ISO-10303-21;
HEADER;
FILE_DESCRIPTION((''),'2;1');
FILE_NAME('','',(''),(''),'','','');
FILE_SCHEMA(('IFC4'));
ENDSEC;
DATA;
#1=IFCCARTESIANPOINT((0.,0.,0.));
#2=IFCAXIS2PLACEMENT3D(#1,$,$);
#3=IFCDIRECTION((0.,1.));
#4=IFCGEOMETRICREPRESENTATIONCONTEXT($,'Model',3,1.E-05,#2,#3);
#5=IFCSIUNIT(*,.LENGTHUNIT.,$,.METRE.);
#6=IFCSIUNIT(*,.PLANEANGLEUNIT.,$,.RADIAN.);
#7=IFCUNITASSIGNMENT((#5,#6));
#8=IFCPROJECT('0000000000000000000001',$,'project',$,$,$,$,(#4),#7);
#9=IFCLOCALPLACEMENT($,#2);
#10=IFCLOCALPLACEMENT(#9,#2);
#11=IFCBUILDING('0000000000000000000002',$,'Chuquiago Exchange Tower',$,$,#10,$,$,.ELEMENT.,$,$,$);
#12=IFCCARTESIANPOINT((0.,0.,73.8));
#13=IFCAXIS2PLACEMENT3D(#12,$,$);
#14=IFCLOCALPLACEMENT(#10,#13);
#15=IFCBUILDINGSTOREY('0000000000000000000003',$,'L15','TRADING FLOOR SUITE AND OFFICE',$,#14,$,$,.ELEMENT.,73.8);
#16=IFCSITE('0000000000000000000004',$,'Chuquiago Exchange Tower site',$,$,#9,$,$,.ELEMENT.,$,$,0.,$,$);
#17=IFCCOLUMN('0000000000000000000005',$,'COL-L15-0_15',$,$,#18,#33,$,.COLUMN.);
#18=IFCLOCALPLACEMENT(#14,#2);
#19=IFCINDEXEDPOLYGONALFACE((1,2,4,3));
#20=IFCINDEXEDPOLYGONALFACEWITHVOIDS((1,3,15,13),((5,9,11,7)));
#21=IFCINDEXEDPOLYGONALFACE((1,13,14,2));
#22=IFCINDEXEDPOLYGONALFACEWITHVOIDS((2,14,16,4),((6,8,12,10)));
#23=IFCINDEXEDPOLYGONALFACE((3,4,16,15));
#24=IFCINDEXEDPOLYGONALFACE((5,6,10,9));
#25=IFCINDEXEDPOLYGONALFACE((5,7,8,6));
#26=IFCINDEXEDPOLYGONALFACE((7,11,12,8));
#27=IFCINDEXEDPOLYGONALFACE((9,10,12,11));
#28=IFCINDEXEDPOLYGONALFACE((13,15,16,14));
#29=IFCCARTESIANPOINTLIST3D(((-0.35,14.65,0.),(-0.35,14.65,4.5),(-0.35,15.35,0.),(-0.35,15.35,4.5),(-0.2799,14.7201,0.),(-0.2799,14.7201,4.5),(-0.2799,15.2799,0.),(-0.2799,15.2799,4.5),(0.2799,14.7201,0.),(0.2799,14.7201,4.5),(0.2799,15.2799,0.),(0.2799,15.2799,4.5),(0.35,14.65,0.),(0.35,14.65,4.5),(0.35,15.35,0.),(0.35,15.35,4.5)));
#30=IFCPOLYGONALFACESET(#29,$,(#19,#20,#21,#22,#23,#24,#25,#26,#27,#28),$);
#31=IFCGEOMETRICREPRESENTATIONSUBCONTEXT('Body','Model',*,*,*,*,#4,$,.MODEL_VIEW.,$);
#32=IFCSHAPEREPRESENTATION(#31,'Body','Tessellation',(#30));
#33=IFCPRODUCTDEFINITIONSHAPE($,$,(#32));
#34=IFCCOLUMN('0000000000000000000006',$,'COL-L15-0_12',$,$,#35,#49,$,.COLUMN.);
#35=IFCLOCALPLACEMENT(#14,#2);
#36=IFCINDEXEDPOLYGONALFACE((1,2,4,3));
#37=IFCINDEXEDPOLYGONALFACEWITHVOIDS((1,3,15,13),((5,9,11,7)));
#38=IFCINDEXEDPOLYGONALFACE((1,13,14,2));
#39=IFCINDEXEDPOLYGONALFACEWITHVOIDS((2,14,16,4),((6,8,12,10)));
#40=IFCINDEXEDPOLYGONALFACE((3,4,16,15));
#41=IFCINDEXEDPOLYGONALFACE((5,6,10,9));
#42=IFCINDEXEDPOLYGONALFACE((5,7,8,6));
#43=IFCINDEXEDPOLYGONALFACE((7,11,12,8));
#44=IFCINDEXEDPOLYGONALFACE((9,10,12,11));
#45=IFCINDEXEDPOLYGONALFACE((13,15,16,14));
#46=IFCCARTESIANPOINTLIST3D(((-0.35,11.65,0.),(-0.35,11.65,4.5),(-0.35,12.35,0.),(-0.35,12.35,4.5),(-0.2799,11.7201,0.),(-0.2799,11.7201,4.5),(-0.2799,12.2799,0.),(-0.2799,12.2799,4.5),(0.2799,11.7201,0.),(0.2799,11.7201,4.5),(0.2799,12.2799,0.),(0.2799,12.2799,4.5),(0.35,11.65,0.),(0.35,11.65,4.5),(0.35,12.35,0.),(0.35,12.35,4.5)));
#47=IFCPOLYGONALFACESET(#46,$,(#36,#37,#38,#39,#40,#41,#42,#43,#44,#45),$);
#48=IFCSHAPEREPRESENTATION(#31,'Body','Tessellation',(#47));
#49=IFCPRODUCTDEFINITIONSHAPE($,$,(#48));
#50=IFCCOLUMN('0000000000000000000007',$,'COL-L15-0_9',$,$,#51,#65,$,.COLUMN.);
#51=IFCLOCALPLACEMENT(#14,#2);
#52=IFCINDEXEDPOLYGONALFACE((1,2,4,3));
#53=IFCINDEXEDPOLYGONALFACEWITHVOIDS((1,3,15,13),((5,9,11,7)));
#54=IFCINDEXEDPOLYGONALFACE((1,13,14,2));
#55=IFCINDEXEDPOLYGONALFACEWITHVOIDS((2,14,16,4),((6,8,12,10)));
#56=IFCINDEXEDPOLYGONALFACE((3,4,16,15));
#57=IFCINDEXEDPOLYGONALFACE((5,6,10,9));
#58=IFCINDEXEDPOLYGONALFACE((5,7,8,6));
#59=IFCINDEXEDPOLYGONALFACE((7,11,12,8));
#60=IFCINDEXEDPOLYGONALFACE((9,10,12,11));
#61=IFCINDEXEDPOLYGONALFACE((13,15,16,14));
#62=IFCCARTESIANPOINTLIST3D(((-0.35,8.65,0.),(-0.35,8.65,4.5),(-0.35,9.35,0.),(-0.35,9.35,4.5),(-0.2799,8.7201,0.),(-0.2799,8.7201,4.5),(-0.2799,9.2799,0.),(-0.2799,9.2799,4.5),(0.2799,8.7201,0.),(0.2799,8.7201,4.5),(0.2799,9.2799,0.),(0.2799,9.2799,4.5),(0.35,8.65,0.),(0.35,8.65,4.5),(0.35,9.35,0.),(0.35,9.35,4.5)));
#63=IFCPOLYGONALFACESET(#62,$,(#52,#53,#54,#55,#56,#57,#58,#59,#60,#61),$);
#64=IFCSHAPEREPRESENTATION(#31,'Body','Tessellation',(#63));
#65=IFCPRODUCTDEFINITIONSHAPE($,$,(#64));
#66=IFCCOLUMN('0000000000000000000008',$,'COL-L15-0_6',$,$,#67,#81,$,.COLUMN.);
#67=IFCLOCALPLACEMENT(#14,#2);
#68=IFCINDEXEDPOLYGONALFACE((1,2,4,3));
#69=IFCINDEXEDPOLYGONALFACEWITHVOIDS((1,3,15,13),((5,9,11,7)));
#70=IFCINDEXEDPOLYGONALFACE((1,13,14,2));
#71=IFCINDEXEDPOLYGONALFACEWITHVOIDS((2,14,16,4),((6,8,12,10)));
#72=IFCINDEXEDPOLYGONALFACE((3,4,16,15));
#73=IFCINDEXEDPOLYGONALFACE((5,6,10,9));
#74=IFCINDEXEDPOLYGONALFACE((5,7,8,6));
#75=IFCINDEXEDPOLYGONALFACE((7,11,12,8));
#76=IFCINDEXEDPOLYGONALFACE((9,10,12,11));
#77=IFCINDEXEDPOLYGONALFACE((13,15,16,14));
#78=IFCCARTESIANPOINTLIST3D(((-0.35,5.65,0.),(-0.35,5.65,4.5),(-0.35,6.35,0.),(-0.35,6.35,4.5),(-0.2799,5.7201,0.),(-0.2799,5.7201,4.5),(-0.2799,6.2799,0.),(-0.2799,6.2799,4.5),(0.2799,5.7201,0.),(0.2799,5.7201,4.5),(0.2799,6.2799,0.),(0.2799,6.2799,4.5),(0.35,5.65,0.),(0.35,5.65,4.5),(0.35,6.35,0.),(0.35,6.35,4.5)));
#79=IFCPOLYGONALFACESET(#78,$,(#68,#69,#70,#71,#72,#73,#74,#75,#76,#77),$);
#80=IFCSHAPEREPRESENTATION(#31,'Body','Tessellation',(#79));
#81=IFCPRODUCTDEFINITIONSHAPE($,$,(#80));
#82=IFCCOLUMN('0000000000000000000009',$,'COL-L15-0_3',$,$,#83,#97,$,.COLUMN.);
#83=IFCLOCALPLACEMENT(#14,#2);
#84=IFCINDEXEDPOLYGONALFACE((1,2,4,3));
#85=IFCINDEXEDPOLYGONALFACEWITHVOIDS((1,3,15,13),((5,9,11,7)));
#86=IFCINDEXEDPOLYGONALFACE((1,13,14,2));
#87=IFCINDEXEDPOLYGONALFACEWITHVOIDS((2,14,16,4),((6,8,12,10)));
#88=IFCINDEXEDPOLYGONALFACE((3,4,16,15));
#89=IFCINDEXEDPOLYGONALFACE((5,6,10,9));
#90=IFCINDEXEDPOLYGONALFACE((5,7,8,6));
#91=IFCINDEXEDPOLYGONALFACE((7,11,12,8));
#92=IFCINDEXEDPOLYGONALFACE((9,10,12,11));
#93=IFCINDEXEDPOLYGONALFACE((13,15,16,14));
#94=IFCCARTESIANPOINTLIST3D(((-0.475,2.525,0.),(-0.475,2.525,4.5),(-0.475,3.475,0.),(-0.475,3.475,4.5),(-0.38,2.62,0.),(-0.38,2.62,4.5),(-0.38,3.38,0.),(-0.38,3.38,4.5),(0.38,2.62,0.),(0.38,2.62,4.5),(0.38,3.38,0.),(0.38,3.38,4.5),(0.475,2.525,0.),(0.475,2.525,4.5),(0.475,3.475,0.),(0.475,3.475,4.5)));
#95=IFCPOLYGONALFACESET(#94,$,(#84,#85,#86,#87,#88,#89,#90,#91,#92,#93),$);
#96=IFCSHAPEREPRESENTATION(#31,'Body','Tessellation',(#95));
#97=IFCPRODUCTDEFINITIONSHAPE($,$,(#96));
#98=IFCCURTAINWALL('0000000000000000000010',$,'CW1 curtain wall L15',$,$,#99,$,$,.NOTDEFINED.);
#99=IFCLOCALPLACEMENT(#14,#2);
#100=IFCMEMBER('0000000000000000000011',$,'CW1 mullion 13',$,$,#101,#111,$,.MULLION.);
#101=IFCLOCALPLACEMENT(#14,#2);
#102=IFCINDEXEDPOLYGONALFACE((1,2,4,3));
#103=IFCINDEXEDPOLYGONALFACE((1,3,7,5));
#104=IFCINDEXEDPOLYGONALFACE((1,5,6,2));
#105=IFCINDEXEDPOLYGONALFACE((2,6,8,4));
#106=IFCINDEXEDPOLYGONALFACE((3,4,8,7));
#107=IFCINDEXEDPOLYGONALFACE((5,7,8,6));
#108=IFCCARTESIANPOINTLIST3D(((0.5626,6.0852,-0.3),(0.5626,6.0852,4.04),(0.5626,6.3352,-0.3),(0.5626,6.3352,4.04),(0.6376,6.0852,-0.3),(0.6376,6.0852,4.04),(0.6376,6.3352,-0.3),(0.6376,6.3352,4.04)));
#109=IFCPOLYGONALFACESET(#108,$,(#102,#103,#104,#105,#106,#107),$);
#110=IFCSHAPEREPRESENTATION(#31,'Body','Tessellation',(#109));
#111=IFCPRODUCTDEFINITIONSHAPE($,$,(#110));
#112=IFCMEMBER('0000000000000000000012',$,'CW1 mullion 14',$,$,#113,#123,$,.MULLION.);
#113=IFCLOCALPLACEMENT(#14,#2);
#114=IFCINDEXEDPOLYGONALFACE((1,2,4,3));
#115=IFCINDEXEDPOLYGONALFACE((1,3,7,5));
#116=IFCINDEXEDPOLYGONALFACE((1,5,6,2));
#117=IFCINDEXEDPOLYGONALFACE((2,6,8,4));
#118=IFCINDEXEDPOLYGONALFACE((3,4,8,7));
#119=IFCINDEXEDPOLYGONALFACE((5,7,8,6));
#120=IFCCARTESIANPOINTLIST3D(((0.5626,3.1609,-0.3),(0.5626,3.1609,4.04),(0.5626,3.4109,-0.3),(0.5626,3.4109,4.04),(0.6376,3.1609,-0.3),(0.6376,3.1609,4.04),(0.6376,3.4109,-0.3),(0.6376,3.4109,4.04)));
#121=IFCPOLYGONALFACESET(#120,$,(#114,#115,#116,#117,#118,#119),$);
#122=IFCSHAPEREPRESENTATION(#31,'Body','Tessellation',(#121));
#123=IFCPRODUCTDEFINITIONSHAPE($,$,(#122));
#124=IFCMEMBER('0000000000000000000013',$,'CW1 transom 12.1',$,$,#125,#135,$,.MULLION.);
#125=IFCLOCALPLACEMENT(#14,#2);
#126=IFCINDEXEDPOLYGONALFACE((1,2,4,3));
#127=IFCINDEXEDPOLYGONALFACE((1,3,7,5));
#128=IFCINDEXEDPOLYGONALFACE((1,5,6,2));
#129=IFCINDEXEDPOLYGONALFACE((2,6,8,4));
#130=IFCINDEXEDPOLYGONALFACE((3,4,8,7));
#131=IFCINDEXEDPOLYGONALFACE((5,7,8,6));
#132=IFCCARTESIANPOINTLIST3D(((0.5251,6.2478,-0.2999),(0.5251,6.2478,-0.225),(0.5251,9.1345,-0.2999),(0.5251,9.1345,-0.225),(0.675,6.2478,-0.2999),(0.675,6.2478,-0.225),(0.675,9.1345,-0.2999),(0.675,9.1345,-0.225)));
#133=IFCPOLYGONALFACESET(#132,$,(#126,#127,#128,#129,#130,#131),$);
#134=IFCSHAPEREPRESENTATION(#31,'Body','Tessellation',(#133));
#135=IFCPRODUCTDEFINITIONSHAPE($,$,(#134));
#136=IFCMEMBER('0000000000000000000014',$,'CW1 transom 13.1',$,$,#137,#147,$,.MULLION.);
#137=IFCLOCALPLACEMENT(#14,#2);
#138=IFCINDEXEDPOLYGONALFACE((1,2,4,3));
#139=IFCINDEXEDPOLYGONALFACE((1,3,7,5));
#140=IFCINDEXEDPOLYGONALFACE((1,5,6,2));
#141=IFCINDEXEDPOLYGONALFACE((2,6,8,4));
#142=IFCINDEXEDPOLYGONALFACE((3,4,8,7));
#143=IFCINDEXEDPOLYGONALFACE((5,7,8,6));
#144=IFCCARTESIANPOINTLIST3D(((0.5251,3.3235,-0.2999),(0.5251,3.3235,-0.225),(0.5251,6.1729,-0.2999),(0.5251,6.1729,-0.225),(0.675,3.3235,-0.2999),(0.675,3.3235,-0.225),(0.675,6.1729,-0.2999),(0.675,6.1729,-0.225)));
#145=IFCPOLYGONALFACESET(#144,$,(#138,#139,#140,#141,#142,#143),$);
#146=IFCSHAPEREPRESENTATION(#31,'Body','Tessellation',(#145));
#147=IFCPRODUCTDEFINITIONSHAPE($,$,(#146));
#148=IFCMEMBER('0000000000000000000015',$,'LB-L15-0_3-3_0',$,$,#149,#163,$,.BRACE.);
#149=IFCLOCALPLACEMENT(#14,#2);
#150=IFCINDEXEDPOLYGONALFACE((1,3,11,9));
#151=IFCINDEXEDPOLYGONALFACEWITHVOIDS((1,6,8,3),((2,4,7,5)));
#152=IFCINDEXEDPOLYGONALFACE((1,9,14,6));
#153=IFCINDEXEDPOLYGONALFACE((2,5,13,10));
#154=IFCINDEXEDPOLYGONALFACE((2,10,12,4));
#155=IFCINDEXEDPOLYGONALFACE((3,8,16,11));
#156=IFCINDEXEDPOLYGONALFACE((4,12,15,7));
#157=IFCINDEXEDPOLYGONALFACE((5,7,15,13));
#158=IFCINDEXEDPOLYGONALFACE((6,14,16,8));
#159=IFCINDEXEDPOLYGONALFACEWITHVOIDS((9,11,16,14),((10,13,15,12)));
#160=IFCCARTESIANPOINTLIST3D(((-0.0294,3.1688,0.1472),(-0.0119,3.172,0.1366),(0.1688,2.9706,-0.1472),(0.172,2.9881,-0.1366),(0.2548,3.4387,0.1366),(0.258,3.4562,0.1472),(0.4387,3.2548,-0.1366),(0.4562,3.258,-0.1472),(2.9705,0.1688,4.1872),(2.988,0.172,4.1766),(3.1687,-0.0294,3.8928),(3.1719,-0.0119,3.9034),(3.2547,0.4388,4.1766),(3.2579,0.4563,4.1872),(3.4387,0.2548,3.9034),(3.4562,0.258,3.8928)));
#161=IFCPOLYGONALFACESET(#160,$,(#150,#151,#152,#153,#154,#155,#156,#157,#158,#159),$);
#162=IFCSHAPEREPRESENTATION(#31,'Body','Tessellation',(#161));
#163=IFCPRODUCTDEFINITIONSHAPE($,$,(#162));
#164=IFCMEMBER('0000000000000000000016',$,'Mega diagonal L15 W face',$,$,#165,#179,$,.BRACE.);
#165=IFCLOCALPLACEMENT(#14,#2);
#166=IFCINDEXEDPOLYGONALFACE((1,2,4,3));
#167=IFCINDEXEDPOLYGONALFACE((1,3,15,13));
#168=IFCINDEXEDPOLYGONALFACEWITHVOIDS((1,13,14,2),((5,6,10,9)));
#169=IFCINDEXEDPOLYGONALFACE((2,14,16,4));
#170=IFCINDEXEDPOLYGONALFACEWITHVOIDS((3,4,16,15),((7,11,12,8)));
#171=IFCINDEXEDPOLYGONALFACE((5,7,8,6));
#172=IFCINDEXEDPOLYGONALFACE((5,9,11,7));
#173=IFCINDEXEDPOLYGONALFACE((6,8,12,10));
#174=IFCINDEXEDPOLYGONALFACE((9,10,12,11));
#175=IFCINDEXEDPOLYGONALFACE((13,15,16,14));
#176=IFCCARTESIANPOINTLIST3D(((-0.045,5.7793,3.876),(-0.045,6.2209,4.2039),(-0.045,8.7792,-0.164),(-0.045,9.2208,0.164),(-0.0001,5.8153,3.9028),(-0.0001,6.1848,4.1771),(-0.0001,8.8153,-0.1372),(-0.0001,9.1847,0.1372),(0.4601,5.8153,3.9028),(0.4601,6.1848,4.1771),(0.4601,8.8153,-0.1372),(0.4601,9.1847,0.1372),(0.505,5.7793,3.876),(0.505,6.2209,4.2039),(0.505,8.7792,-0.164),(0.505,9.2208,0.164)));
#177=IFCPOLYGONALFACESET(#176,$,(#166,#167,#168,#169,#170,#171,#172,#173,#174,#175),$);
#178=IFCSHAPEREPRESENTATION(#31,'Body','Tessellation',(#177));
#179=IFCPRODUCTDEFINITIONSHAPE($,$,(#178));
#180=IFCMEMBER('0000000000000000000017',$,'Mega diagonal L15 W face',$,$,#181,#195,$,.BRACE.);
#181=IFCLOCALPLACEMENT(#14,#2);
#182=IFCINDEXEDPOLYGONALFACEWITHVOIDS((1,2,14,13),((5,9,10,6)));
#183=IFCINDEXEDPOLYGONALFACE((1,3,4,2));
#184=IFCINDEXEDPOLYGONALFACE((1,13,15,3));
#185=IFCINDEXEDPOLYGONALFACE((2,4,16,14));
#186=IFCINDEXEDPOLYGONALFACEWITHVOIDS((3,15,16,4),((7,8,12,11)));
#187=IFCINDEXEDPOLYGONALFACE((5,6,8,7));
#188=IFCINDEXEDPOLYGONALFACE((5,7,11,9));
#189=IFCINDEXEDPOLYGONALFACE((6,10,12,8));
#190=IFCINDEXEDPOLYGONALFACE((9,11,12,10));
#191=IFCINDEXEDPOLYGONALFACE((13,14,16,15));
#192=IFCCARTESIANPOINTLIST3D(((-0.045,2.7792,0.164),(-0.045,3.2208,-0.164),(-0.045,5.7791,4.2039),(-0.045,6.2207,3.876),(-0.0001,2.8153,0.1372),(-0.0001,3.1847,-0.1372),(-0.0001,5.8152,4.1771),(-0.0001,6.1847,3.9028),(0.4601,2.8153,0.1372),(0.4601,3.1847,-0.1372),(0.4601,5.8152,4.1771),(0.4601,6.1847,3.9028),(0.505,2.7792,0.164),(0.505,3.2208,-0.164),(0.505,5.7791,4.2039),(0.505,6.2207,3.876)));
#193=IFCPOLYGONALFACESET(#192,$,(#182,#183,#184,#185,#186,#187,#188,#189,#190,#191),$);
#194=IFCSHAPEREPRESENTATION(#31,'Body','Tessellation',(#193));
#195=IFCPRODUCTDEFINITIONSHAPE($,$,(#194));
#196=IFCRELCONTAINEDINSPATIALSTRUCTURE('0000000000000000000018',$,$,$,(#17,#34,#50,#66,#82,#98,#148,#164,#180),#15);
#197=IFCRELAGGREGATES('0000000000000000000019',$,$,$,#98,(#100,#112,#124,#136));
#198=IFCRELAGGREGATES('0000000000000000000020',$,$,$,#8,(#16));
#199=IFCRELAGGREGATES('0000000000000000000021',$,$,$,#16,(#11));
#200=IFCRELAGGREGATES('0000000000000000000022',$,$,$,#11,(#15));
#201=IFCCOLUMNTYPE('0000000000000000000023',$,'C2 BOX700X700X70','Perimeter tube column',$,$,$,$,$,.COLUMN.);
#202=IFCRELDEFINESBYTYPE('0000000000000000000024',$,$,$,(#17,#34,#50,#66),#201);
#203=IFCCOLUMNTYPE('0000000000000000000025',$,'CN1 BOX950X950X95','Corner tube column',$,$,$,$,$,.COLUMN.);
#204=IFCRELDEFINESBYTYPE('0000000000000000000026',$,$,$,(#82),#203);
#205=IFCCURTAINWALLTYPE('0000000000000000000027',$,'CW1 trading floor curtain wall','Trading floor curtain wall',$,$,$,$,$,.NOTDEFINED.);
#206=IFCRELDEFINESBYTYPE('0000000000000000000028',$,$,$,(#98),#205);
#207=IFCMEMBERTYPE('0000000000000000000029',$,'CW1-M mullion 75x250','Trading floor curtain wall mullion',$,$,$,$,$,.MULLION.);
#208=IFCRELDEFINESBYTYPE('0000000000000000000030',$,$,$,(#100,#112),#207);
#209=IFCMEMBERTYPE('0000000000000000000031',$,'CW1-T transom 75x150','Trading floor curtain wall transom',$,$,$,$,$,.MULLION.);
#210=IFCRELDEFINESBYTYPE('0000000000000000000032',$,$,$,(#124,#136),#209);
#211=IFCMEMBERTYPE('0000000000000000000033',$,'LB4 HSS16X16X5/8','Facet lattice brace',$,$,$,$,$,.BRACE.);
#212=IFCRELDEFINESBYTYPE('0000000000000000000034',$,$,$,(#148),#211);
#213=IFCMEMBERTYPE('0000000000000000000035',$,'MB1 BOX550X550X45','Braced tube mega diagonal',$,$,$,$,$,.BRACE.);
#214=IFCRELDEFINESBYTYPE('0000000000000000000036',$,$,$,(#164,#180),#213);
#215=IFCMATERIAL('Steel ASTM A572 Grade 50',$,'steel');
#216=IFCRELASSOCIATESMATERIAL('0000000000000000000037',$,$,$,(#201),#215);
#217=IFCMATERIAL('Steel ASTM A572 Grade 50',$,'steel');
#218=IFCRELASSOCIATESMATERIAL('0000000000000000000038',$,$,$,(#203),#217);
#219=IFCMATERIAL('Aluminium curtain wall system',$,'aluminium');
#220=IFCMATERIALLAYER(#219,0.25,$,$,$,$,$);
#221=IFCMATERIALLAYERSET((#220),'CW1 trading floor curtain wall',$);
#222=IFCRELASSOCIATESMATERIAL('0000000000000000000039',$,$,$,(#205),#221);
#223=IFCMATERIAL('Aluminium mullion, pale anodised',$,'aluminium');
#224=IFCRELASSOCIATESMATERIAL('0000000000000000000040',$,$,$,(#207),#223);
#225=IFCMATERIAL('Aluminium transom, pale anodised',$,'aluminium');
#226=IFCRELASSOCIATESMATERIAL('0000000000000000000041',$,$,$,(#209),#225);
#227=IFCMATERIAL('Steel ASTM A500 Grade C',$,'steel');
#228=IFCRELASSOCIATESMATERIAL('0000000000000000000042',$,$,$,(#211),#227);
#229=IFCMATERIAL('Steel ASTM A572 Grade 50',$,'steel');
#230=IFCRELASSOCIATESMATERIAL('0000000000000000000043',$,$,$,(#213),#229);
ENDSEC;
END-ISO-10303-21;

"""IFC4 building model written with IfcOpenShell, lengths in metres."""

from ifc_helpers import new_model, si_unit, direction, frame, origin, origin_2d, place, context, subcontext, project, spatial, rectangle, hollow_rectangle, extrude, material, layer, layer_set, material_profile, profile_set, type_object, element, aggregate, save


model = new_model("IFC4")

# Units and contexts
model_context = context("Model", 3, precision=1e-05, world=origin(), true_north=direction((0.0, 1.0)))
body_context = subcontext(model_context, "Body", "Model", "MODEL_VIEW")
ifc_project = project(units=[si_unit("LENGTHUNIT", "METRE"), si_unit("PLANEANGLEUNIT", "RADIAN")], contexts=[model_context])

# Site, building, storey
site_placement = place(None, origin())
site = spatial("IfcSite", under=ifc_project, at=site_placement, Name="Chuquiago Exchange Tower site", CompositionType="ELEMENT", RefElevation=0.0)
building_placement = place(site_placement, origin())
building = spatial("IfcBuilding", under=site, at=building_placement, Name="Chuquiago Exchange Tower", CompositionType="ELEMENT")
storey_placement = place(building_placement, frame((0.0, 0.0, 73.8)))
storey = spatial("IfcBuildingStorey", under=building, at=storey_placement, Name="L15", Description="TRADING FLOOR SUITE AND OFFICE", CompositionType="ELEMENT", Elevation=73.8)

# Columns
ifc_material_1 = material(Name="Steel ASTM A572 Grade 50", Category="steel")
ifc_material_profile_1 = material_profile(ifc_material_1, hollow_rectangle(XDim=0.7, YDim=0.7, WallThickness=0.0701, at=origin_2d()), Name="BOX700X700X70")
ifc_profile_set_1 = profile_set([ifc_material_profile_1], Name="Steel ASTM A572 Grade 50")
column_type_1 = type_object("IfcColumnType", Name="C2 BOX700X700X70", Description="Perimeter tube column", PredefinedType="COLUMN", material=ifc_profile_set_1)
for number, where, z_axis, x_axis, name in (
    (1, (0.0, 15.0, 0.0), (0.0, 0.0, 1.0), (-1.0, 0.0, 0.0), "COL-L15-0_15"),
    (2, (0.0, 12.0, 0.0), (0.0, 0.0, 1.0), (-1.0, 0.0, 0.0), "COL-L15-0_12"),
    (3, (0.0, 9.0, 0.0), (0.0, 0.0, 1.0), (-1.0, 0.0, 0.0), "COL-L15-0_9"),
    (4, (0.0, 6.0, 0.0), (0.0, 0.0, 1.0), (-1.0, 0.0, 0.0), "COL-L15-0_6"),
):
    element("IfcColumn", number, at=place(storey_placement, frame(where, z_axis=z_axis, x_axis=x_axis)), inside=storey, type_object=column_type_1, Name=name, PredefinedType="COLUMN", context=body_context, shape_type="SweptSolid", body=[
        extrude(hollow_rectangle(XDim=0.7, YDim=0.7, WallThickness=0.0701, at=origin_2d()), origin(), (0.0, 0.0, 1.0), 4.5),
    ])
ifc_material_2 = material(Name="Steel ASTM A572 Grade 50", Category="steel")
ifc_material_profile_2 = material_profile(ifc_material_2, hollow_rectangle(XDim=0.95, YDim=0.95, WallThickness=0.095, at=origin_2d()), Name="BOX950X950X95")
ifc_profile_set_2 = profile_set([ifc_material_profile_2], Name="Steel ASTM A572 Grade 50")
column_type_2 = type_object("IfcColumnType", Name="CN1 BOX950X950X95", Description="Corner tube column", PredefinedType="COLUMN", material=ifc_profile_set_2)
column_placement = place(storey_placement, frame((0.0, 3.0, 0.0), z_axis=(0.0, 0.0, 1.0), x_axis=(-1.0, 0.0, 0.0)))
element("IfcColumn", 5, at=column_placement, inside=storey, type_object=column_type_2, Name="COL-L15-0_3", PredefinedType="COLUMN", context=body_context, shape_type="SweptSolid", body=[
    extrude(hollow_rectangle(XDim=0.95, YDim=0.95, WallThickness=0.095, at=origin_2d()), origin(), (0.0, 0.0, 1.0), 4.5),
])

# Curtain wall, members
ifc_material_3 = material(Name="Aluminium curtain wall system", Category="aluminium")
ifc_layer_1 = layer(ifc_material_3, 0.25)
ifc_layer_set_1 = layer_set([ifc_layer_1], Name="CW1 trading floor curtain wall")
curtain_wall_type = type_object("IfcCurtainWallType", Name="CW1 trading floor curtain wall", Description="Trading floor curtain wall", PredefinedType="NOTDEFINED", material=ifc_layer_set_1)
curtain_wall_placement = place(storey_placement, origin())
curtain_wall = element("IfcCurtainWall", 6, at=curtain_wall_placement, inside=storey, type_object=curtain_wall_type, Name="CW1 curtain wall L15", PredefinedType="NOTDEFINED")
ifc_material_4 = material(Name="Aluminium mullion, pale anodised", Category="aluminium")
ifc_material_profile_3 = material_profile(ifc_material_4, rectangle(XDim=0.075, YDim=0.25, at=origin_2d()), Name="AL 75x250")
ifc_profile_set_3 = profile_set([ifc_material_profile_3], Name="Aluminium mullion, pale anodised")
member_type_1 = type_object("IfcMemberType", Name="CW1-M mullion 75x250", Description="Trading floor curtain wall mullion", PredefinedType="MULLION", material=ifc_profile_set_3)
member_1_placement = place(storey_placement, frame((0.6001, 6.2102, -0.3), z_axis=(0.0, 0.0, 1.0), x_axis=(1.0, 0.0, 0.0)))
member_1 = element("IfcMember", 7, at=member_1_placement, type_object=member_type_1, Name="CW1 mullion 13", PredefinedType="MULLION", context=body_context, shape_type="SweptSolid", body=[
    extrude(rectangle(XDim=0.075, YDim=0.25, at=origin_2d()), origin(), (0.0, 0.0, 1.0), 4.3401),
])
member_2_placement = place(storey_placement, frame((0.6001, 3.2859, -0.3), z_axis=(0.0, 0.0, 1.0), x_axis=(1.0, 0.0, 0.0)))
member_2 = element("IfcMember", 8, at=member_2_placement, type_object=member_type_1, Name="CW1 mullion 14", PredefinedType="MULLION", context=body_context, shape_type="SweptSolid", body=[
    extrude(rectangle(XDim=0.075, YDim=0.25, at=origin_2d()), origin(), (0.0, 0.0, 1.0), 4.3401),
])
ifc_material_5 = material(Name="Aluminium transom, pale anodised", Category="aluminium")
ifc_material_profile_4 = material_profile(ifc_material_5, rectangle(XDim=0.1499, YDim=0.075, at=origin_2d()), Name="AL 150x75")
ifc_profile_set_4 = profile_set([ifc_material_profile_4], Name="Aluminium transom, pale anodised")
member_type_2 = type_object("IfcMemberType", Name="CW1-T transom 75x150", Description="Trading floor curtain wall transom", PredefinedType="MULLION", material=ifc_profile_set_4)
member_3_placement = place(storey_placement, frame((0.6001, 9.1345, -0.2625), z_axis=(0.0, -1.0, 0.0), x_axis=(1.0, 0.0, 0.0)))
member_3 = element("IfcMember", 9, at=member_3_placement, type_object=member_type_2, Name="CW1 transom 12.1", PredefinedType="MULLION", context=body_context, shape_type="SweptSolid", body=[
    extrude(rectangle(XDim=0.1499, YDim=0.075, at=origin_2d()), origin(), (0.0, 0.0, 1.0), 2.8867),
])
member_4_placement = place(storey_placement, frame((0.6001, 6.1729, -0.2625), z_axis=(0.0, -1.0, 0.0), x_axis=(1.0, 0.0, 0.0)))
member_4 = element("IfcMember", 10, at=member_4_placement, type_object=member_type_2, Name="CW1 transom 13.1", PredefinedType="MULLION", context=body_context, shape_type="SweptSolid", body=[
    extrude(rectangle(XDim=0.1499, YDim=0.075, at=origin_2d()), origin(), (0.0, 0.0, 1.0), 2.8494),
])

# Members
ifc_material_6 = material(Name="Steel ASTM A500 Grade C", Category="steel")
ifc_material_profile_5 = material_profile(ifc_material_6, hollow_rectangle(XDim=0.4065, YDim=0.4065, WallThickness=0.0146, at=origin_2d()), Name="HSS16X16X5/8")
ifc_profile_set_5 = profile_set([ifc_material_profile_5], Name="Steel ASTM A500 Grade C")
member_type_3 = type_object("IfcMemberType", Name="LB4 HSS16X16X5/8", Description="Facet lattice brace", PredefinedType="BRACE", material=ifc_profile_set_5)
member_5_placement = place(storey_placement, frame((0.2134, 3.2134, 0.0), z_axis=(0.512077, -0.512077, 0.689604), x_axis=(0.707107, 0.707107, 0.0)))
element("IfcMember", 11, at=member_5_placement, inside=storey, type_object=member_type_3, Name="LB-L15-0_3-3_0", PredefinedType="BRACE", context=body_context, shape_type="SweptSolid", body=[
    extrude(hollow_rectangle(XDim=0.4065, YDim=0.4065, WallThickness=0.0146, at=origin_2d()), origin(), (0.0, 0.0, 1.0), 5.8584),
])
ifc_material_7 = material(Name="Steel ASTM A572 Grade 50", Category="steel")
ifc_material_profile_6 = material_profile(ifc_material_7, hollow_rectangle(XDim=0.55, YDim=0.55, WallThickness=0.0449, at=origin_2d()), Name="BOX550X550X45")
ifc_profile_set_6 = profile_set([ifc_material_profile_6], Name="Steel ASTM A572 Grade 50")
member_type_4 = type_object("IfcMemberType", Name="MB1 BOX550X550X45", Description="Braced tube mega diagonal", PredefinedType="BRACE", material=ifc_profile_set_6)
for number, where, z_axis, x_axis, name in (
    (12, (0.23, 9.0, 0.0), (0.0, -0.596174, 0.802855), (1.0, 0.0, 0.0), "Mega diagonal L15 W face"),
    (13, (0.23, 3.0, 0.0), (0.0, 0.596174, 0.802855), (-1.0, 0.0, 0.0), "Mega diagonal L15 W face"),
):
    element("IfcMember", number, at=place(storey_placement, frame(where, z_axis=z_axis, x_axis=x_axis)), inside=storey, type_object=member_type_4, Name=name, PredefinedType="BRACE", context=body_context, shape_type="SweptSolid", body=[
        extrude(hollow_rectangle(XDim=0.55, YDim=0.55, WallThickness=0.0449, at=origin_2d()), origin(), (0.0, 0.0, 1.0), 5.032),
    ])

aggregate(curtain_wall, [member_1, member_2, member_3, member_4])

save(model, "model.ifc")
